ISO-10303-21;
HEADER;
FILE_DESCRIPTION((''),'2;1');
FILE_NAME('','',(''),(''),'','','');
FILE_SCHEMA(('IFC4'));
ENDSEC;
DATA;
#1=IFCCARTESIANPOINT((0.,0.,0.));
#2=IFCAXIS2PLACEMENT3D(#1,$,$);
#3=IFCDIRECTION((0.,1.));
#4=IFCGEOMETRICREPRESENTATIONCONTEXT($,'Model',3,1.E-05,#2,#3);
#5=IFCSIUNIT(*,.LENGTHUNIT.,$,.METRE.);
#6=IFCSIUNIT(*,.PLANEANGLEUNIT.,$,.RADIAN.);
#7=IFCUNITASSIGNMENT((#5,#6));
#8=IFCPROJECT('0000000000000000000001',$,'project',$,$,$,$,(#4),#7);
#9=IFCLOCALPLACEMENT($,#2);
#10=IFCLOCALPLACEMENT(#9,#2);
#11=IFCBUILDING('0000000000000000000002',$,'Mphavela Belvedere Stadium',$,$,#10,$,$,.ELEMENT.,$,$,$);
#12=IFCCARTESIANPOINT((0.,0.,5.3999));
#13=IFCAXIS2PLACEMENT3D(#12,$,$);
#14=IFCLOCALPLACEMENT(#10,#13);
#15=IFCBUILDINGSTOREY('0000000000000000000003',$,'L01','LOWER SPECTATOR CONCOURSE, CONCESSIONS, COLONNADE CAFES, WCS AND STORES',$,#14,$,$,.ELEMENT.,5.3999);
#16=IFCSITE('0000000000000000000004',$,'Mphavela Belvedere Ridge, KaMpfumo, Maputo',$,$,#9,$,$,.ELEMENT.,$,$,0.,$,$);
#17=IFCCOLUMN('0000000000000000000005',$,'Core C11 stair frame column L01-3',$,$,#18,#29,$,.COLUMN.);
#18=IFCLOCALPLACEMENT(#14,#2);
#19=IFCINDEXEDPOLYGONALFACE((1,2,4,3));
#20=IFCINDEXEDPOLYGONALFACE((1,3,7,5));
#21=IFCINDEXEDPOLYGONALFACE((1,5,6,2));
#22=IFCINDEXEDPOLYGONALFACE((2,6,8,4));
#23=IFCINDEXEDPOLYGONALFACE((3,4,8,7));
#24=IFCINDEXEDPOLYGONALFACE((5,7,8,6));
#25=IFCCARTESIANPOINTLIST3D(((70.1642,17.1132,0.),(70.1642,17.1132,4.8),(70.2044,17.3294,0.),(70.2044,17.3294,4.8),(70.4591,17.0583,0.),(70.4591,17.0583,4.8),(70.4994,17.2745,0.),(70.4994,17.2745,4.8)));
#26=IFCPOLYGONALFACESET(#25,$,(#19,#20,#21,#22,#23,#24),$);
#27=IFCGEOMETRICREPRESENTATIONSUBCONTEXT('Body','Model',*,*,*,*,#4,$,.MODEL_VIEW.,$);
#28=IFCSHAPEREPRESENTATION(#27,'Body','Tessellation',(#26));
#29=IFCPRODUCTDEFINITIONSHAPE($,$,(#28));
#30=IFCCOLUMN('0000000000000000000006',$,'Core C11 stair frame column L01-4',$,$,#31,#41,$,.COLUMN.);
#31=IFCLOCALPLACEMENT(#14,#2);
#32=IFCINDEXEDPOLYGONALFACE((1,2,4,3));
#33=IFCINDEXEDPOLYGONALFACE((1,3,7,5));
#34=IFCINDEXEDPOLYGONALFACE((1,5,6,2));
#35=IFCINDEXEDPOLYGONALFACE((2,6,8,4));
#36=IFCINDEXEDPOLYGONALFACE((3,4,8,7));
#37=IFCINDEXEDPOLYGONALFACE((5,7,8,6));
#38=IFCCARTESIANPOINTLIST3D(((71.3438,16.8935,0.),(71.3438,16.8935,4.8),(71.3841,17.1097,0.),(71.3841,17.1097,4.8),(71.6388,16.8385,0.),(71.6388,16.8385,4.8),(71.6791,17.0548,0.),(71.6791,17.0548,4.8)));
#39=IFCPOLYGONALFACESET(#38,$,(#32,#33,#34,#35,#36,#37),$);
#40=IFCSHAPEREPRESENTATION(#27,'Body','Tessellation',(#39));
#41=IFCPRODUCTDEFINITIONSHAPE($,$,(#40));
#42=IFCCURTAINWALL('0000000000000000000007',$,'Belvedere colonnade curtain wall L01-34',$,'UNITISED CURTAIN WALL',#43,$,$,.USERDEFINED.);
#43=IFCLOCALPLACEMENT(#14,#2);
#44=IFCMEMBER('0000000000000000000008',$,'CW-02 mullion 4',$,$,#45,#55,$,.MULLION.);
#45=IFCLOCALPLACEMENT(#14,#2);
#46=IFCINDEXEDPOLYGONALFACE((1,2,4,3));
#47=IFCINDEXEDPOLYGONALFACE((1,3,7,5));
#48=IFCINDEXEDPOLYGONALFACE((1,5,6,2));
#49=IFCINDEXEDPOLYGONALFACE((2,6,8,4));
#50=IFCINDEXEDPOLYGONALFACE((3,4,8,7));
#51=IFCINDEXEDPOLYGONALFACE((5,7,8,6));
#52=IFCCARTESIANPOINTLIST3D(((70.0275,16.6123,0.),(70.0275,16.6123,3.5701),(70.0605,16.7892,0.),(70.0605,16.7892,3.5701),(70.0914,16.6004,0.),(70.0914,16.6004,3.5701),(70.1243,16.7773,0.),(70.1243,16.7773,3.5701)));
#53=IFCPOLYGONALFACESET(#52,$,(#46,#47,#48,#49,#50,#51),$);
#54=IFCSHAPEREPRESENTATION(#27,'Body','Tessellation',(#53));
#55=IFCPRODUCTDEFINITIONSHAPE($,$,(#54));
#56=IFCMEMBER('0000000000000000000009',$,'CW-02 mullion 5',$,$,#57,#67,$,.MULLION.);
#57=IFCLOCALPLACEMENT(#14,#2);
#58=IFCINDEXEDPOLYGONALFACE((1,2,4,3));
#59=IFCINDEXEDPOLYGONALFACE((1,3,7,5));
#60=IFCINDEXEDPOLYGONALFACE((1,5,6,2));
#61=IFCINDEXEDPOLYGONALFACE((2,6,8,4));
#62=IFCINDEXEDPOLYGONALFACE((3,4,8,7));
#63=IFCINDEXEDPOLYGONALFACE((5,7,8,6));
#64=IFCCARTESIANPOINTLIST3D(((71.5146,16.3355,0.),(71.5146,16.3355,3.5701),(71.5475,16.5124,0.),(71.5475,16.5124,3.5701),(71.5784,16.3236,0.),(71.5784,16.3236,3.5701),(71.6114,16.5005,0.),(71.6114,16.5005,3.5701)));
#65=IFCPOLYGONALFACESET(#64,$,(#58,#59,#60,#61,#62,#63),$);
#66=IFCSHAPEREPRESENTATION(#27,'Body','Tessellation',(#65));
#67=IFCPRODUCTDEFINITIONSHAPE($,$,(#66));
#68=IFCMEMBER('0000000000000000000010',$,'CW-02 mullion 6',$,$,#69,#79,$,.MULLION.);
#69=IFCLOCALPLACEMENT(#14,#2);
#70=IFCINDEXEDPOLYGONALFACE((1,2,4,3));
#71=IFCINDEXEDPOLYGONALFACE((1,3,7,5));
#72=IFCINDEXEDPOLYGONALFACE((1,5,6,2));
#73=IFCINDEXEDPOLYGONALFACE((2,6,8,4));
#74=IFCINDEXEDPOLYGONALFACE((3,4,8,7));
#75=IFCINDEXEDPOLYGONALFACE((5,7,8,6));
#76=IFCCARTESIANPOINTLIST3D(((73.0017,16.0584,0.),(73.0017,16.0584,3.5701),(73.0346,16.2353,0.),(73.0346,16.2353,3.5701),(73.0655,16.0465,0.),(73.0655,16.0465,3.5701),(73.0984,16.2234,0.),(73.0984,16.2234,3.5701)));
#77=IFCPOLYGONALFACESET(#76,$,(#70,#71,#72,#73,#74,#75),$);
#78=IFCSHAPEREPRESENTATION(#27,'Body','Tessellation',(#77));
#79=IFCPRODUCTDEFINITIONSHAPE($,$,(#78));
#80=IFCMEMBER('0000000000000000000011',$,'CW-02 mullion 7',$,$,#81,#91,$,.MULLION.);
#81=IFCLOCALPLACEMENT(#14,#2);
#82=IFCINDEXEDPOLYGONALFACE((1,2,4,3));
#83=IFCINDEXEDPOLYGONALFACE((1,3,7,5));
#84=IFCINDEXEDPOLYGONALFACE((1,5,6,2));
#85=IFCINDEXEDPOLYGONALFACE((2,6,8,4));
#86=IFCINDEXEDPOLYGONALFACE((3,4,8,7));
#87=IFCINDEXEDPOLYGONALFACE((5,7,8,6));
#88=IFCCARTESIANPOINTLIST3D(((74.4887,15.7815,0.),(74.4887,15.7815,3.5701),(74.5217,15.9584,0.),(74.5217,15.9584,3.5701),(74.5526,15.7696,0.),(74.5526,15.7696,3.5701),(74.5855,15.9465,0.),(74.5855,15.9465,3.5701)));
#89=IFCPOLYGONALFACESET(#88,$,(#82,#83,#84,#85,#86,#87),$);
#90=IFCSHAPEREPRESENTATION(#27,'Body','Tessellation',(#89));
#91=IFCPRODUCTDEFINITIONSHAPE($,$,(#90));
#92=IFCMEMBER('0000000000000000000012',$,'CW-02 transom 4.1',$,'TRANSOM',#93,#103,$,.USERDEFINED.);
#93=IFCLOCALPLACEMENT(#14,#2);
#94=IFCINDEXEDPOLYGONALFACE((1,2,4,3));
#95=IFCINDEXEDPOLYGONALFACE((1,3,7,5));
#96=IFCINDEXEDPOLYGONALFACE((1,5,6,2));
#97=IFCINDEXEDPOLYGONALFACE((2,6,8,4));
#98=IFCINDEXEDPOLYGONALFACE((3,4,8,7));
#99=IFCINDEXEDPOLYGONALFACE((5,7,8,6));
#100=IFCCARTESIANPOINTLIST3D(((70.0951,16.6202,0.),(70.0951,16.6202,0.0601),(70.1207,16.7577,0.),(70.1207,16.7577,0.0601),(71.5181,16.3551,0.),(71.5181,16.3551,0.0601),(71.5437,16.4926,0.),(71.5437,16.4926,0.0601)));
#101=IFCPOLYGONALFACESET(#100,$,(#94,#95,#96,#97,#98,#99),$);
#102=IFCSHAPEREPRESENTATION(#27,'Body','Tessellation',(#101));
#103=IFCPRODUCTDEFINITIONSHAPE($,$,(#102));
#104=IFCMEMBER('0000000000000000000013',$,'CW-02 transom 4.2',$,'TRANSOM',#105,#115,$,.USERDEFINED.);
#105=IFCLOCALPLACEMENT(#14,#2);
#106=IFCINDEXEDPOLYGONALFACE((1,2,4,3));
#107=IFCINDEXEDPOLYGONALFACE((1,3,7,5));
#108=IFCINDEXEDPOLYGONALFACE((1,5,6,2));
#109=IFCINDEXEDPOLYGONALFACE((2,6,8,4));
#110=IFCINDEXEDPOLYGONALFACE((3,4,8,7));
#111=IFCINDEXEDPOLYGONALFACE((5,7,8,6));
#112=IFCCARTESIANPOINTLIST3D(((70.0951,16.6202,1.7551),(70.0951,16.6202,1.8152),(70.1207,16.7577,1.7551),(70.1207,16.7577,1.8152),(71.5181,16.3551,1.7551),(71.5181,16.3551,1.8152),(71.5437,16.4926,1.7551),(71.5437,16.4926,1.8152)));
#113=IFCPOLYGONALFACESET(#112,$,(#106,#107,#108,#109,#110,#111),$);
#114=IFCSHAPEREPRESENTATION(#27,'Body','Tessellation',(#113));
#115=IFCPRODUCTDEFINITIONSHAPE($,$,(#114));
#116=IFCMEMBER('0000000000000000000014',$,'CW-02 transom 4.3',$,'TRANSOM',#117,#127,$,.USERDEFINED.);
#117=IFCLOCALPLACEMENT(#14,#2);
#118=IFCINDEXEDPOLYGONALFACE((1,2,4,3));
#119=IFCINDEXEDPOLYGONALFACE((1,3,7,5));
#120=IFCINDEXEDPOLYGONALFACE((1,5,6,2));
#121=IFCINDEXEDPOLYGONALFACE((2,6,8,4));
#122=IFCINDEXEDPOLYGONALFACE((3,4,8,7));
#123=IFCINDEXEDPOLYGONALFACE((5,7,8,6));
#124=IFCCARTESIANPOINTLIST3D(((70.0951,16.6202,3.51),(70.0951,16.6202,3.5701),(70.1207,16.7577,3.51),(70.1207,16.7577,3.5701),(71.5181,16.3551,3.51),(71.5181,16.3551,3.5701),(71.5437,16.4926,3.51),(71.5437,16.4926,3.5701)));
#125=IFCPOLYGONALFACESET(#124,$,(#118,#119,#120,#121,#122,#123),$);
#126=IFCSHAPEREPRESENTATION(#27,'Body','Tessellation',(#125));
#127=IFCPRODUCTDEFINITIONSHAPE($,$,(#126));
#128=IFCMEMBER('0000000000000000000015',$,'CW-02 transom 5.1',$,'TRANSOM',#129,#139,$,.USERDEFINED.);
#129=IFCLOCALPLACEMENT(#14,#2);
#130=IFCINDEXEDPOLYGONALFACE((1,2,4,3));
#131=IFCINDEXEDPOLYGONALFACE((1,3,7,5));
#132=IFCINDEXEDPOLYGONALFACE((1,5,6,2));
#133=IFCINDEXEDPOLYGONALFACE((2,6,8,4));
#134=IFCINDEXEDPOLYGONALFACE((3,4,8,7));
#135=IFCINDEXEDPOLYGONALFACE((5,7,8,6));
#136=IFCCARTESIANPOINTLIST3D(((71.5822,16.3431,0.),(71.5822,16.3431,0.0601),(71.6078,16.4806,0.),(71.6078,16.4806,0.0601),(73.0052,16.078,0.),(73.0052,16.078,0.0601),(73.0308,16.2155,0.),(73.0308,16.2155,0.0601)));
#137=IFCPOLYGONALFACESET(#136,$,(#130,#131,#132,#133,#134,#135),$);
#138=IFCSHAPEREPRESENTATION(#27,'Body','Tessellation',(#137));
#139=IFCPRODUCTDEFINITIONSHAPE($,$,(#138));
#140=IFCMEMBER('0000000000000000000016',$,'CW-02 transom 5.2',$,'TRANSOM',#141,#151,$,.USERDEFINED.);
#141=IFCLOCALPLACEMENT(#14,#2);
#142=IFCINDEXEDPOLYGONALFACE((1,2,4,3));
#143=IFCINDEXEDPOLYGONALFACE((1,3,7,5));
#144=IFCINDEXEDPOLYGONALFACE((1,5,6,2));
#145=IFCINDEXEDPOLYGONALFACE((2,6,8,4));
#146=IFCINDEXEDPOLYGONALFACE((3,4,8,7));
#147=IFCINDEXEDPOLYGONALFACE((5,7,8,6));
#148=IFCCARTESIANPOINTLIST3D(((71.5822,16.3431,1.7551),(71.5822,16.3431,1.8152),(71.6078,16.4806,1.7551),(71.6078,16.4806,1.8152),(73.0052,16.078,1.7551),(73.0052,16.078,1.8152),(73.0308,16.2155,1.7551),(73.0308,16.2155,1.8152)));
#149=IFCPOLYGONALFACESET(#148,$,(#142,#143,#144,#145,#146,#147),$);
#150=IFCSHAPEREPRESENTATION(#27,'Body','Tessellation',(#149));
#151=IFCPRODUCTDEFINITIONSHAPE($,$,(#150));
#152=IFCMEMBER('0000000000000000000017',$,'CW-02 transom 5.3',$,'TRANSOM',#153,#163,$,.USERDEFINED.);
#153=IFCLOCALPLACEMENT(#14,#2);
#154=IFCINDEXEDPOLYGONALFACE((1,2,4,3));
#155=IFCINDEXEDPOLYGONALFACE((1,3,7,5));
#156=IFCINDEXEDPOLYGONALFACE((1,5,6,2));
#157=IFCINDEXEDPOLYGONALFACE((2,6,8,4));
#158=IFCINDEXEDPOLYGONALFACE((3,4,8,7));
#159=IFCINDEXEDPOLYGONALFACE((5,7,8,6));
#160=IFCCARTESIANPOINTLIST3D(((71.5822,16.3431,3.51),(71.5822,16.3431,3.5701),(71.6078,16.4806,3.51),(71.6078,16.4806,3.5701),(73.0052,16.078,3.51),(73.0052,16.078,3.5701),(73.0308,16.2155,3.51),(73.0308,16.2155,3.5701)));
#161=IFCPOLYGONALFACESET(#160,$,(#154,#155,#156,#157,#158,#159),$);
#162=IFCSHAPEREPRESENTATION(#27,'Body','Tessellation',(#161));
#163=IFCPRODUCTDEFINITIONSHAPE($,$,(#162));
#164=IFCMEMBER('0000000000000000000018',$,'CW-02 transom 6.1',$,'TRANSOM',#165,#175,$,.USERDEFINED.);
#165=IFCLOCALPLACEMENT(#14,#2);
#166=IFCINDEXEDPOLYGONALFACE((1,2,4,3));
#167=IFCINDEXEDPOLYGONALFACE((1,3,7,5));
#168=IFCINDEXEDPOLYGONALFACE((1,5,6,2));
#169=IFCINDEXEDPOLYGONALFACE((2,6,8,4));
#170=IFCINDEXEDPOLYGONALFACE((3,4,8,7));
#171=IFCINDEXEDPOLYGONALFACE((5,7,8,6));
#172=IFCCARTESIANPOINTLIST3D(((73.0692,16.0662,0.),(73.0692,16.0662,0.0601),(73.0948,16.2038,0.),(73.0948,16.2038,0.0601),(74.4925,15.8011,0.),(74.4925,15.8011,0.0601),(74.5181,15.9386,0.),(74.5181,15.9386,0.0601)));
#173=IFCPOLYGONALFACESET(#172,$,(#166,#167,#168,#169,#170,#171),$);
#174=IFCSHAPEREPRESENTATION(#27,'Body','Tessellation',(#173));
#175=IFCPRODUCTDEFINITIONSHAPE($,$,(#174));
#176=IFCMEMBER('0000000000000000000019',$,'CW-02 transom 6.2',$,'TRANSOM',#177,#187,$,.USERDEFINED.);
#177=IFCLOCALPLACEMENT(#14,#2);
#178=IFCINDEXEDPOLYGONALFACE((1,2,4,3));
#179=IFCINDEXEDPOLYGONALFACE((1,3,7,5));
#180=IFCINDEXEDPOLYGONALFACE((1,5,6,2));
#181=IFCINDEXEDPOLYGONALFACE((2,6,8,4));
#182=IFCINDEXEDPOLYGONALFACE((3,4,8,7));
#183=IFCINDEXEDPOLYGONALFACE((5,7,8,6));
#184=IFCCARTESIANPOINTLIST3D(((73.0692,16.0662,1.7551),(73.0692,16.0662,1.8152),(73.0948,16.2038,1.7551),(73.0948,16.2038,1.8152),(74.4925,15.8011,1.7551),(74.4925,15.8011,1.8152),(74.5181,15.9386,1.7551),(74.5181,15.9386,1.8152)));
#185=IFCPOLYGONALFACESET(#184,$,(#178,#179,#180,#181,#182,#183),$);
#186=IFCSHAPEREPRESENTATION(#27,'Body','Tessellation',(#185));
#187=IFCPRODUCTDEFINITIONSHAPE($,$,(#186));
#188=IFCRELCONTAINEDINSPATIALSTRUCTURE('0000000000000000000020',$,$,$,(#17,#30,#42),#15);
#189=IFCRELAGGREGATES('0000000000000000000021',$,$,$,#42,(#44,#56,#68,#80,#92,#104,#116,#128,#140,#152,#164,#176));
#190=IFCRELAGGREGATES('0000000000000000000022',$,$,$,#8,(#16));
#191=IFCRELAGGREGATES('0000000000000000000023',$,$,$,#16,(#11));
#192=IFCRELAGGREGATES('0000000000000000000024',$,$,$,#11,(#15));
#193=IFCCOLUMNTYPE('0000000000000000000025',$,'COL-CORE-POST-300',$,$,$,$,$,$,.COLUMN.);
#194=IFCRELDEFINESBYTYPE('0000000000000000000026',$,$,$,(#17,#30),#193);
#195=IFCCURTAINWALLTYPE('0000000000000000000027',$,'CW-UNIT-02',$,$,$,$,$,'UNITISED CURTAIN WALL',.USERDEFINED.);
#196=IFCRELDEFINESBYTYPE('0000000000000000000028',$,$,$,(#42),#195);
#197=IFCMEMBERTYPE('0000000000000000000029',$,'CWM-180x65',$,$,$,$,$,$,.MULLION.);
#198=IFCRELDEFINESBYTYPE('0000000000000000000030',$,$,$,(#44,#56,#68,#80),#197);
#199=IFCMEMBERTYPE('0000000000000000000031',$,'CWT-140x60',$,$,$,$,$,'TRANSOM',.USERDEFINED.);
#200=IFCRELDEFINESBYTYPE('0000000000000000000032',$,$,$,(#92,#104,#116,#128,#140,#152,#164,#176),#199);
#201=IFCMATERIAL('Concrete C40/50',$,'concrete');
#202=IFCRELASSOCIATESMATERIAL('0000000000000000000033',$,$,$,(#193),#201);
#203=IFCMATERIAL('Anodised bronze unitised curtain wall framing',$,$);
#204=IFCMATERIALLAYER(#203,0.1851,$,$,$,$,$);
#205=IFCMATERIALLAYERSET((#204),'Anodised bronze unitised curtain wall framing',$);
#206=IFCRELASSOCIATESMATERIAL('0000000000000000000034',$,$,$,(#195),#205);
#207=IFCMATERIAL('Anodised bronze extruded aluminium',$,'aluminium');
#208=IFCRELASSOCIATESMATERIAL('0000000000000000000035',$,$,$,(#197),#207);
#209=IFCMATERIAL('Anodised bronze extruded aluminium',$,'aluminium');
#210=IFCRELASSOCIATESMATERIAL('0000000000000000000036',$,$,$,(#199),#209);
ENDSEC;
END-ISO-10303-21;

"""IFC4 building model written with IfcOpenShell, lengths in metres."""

from ifc_helpers import new_model, si_unit, direction, frame, origin, origin_2d, place, context, subcontext, project, spatial, rectangle, extrude, material, layer, layer_set, material_profile, profile_set, type_object, element, aggregate, save


model = new_model("IFC4")

# Units and contexts
model_context = context("Model", 3, precision=1e-05, world=origin(), true_north=direction((0.0, 1.0)))
body_context = subcontext(model_context, "Body", "Model", "MODEL_VIEW")
ifc_project = project(units=[si_unit("LENGTHUNIT", "METRE"), si_unit("PLANEANGLEUNIT", "RADIAN")], contexts=[model_context])

# Site, building, storey
site_placement = place(None, origin())
site = spatial("IfcSite", under=ifc_project, at=site_placement, Name="Mphavela Belvedere Ridge, KaMpfumo, Maputo", CompositionType="ELEMENT", RefElevation=0.0)
building_placement = place(site_placement, origin())
building = spatial("IfcBuilding", under=site, at=building_placement, Name="Mphavela Belvedere Stadium", CompositionType="ELEMENT")
storey_placement = place(building_placement, frame((0.0, 0.0, 5.3999)))
storey = spatial("IfcBuildingStorey", under=building, at=storey_placement, Name="L01", Description="LOWER SPECTATOR CONCOURSE, CONCESSIONS, COLONNADE CAFES, WCS AND STORES", CompositionType="ELEMENT", Elevation=5.3999)

# Columns
ifc_material_1 = material(Name="Concrete C40/50", Category="concrete")
ifc_material_profile_1 = material_profile(ifc_material_1, rectangle(XDim=0.3, YDim=0.22, at=origin_2d()), Name="RC 300x220")
ifc_profile_set_1 = profile_set([ifc_material_profile_1], Name="Concrete C40/50")
column_type = type_object("IfcColumnType", Name="COL-CORE-POST-300", PredefinedType="COLUMN", material=ifc_profile_set_1)
for number, where, z_axis, x_axis, name in (
    (1, (70.3318, 17.1938, 0.0), (0.0, 0.0, 1.0), (-0.983096, 0.183094, 0.0), "Core C11 stair frame column L01-3"),
    (2, (71.5115, 16.9741, 0.0), (0.0, 0.0, 1.0), (-0.983096, 0.183094, 0.0), "Core C11 stair frame column L01-4"),
):
    element("IfcColumn", number, at=place(storey_placement, frame(where, z_axis=z_axis, x_axis=x_axis)), inside=storey, type_object=column_type, Name=name, PredefinedType="COLUMN", context=body_context, shape_type="SweptSolid", body=[
        extrude(rectangle(XDim=0.3, YDim=0.22, at=origin_2d()), origin(), (0.0, 0.0, 1.0), 4.8),
    ])

# Curtain wall, members
ifc_material_2 = material(Name="Anodised bronze unitised curtain wall framing")
ifc_layer_1 = layer(ifc_material_2, 0.1851)
ifc_layer_set_1 = layer_set([ifc_layer_1], Name="Anodised bronze unitised curtain wall framing")
curtain_wall_type = type_object("IfcCurtainWallType", Name="CW-UNIT-02", ElementType="UNITISED CURTAIN WALL", PredefinedType="USERDEFINED", material=ifc_layer_set_1)
curtain_wall_placement = place(storey_placement, origin())
curtain_wall = element("IfcCurtainWall", 3, at=curtain_wall_placement, inside=storey, type_object=curtain_wall_type, Name="Belvedere colonnade curtain wall L01-34", ObjectType="UNITISED CURTAIN WALL", PredefinedType="USERDEFINED")
ifc_material_3 = material(Name="Anodised bronze extruded aluminium", Category="aluminium")
ifc_material_profile_2 = material_profile(ifc_material_3, rectangle(XDim=0.1799, YDim=0.0649, at=origin_2d()), Name="CW-MUL 180x65")
ifc_profile_set_2 = profile_set([ifc_material_profile_2], Name="Anodised bronze extruded aluminium")
member_type_1 = type_object("IfcMemberType", Name="CWM-180x65", PredefinedType="MULLION", material=ifc_profile_set_2)
member_1_placement = place(storey_placement, frame((70.0759, 16.6948, 0.0), z_axis=(0.0, 0.0, 1.0), x_axis=(0.183095, 0.983095, 0.0)))
member_1 = element("IfcMember", 4, at=member_1_placement, type_object=member_type_1, Name="CW-02 mullion 4", PredefinedType="MULLION", context=body_context, shape_type="SweptSolid", body=[
    extrude(rectangle(XDim=0.1799, YDim=0.0649, at=origin_2d()), origin(), (0.0, 0.0, 1.0), 3.5701),
])
member_2_placement = place(storey_placement, frame((71.563, 16.418, 0.0), z_axis=(0.0, 0.0, 1.0), x_axis=(0.183095, 0.983095, 0.0)))
member_2 = element("IfcMember", 5, at=member_2_placement, type_object=member_type_1, Name="CW-02 mullion 5", PredefinedType="MULLION", context=body_context, shape_type="SweptSolid", body=[
    extrude(rectangle(XDim=0.1799, YDim=0.0649, at=origin_2d()), origin(), (0.0, 0.0, 1.0), 3.5701),
])
member_3_placement = place(storey_placement, frame((73.05, 16.1409, 0.0), z_axis=(0.0, 0.0, 1.0), x_axis=(0.183095, 0.983095, 0.0)))
member_3 = element("IfcMember", 6, at=member_3_placement, type_object=member_type_1, Name="CW-02 mullion 6", PredefinedType="MULLION", context=body_context, shape_type="SweptSolid", body=[
    extrude(rectangle(XDim=0.1799, YDim=0.0649, at=origin_2d()), origin(), (0.0, 0.0, 1.0), 3.5701),
])
member_4_placement = place(storey_placement, frame((74.5371, 15.864, 0.0), z_axis=(0.0, 0.0, 1.0), x_axis=(0.183095, 0.983095, 0.0)))
member_4 = element("IfcMember", 7, at=member_4_placement, type_object=member_type_1, Name="CW-02 mullion 7", PredefinedType="MULLION", context=body_context, shape_type="SweptSolid", body=[
    extrude(rectangle(XDim=0.1799, YDim=0.0649, at=origin_2d()), origin(), (0.0, 0.0, 1.0), 3.5701),
])
ifc_material_4 = material(Name="Anodised bronze extruded aluminium", Category="aluminium")
ifc_material_profile_3 = material_profile(ifc_material_4, rectangle(XDim=0.1399, YDim=0.0601, at=origin_2d()), Name="CW-TRN 140x60")
ifc_profile_set_3 = profile_set([ifc_material_profile_3], Name="Anodised bronze extruded aluminium")
member_type_2 = type_object("IfcMemberType", Name="CWT-140x60", ElementType="TRANSOM", PredefinedType="USERDEFINED", material=ifc_profile_set_3)
member_5_placement = place(storey_placement, frame((70.1079, 16.689, 0.03), z_axis=(0.983083, -0.183158, 0.0), x_axis=(0.183158, 0.983083, 0.0)))
member_5 = element("IfcMember", 8, at=member_5_placement, type_object=member_type_2, Name="CW-02 transom 4.1", ObjectType="TRANSOM", PredefinedType="USERDEFINED", context=body_context, shape_type="SweptSolid", body=[
    extrude(rectangle(XDim=0.1399, YDim=0.0601, at=origin_2d()), origin(), (0.0, 0.0, 1.0), 1.4475),
])
member_6_placement = place(storey_placement, frame((70.1079, 16.689, 1.7852), z_axis=(0.983083, -0.183158, 0.0), x_axis=(0.183158, 0.983083, 0.0)))
member_6 = element("IfcMember", 9, at=member_6_placement, type_object=member_type_2, Name="CW-02 transom 4.2", ObjectType="TRANSOM", PredefinedType="USERDEFINED", context=body_context, shape_type="SweptSolid", body=[
    extrude(rectangle(XDim=0.1399, YDim=0.0601, at=origin_2d()), origin(), (0.0, 0.0, 1.0), 1.4475),
])
member_7_placement = place(storey_placement, frame((70.1079, 16.689, 3.54), z_axis=(0.983083, -0.183158, 0.0), x_axis=(0.183158, 0.983083, 0.0)))
member_7 = element("IfcMember", 10, at=member_7_placement, type_object=member_type_2, Name="CW-02 transom 4.3", ObjectType="TRANSOM", PredefinedType="USERDEFINED", context=body_context, shape_type="SweptSolid", body=[
    extrude(rectangle(XDim=0.1399, YDim=0.0601, at=origin_2d()), origin(), (0.0, 0.0, 1.0), 1.4475),
])
member_8_placement = place(storey_placement, frame((71.595, 16.4119, 0.03), z_axis=(0.983083, -0.183158, 0.0), x_axis=(0.183158, 0.983083, 0.0)))
member_8 = element("IfcMember", 11, at=member_8_placement, type_object=member_type_2, Name="CW-02 transom 5.1", ObjectType="TRANSOM", PredefinedType="USERDEFINED", context=body_context, shape_type="SweptSolid", body=[
    extrude(rectangle(XDim=0.1399, YDim=0.0601, at=origin_2d()), origin(), (0.0, 0.0, 1.0), 1.4475),
])
member_9_placement = place(storey_placement, frame((71.595, 16.4119, 1.7852), z_axis=(0.983083, -0.183158, 0.0), x_axis=(0.183158, 0.983083, 0.0)))
member_9 = element("IfcMember", 12, at=member_9_placement, type_object=member_type_2, Name="CW-02 transom 5.2", ObjectType="TRANSOM", PredefinedType="USERDEFINED", context=body_context, shape_type="SweptSolid", body=[
    extrude(rectangle(XDim=0.1399, YDim=0.0601, at=origin_2d()), origin(), (0.0, 0.0, 1.0), 1.4475),
])
member_10_placement = place(storey_placement, frame((71.595, 16.4119, 3.54), z_axis=(0.983083, -0.183158, 0.0), x_axis=(0.183158, 0.983083, 0.0)))
member_10 = element("IfcMember", 13, at=member_10_placement, type_object=member_type_2, Name="CW-02 transom 5.3", ObjectType="TRANSOM", PredefinedType="USERDEFINED", context=body_context, shape_type="SweptSolid", body=[
    extrude(rectangle(XDim=0.1399, YDim=0.0601, at=origin_2d()), origin(), (0.0, 0.0, 1.0), 1.4475),
])
member_11_placement = place(storey_placement, frame((73.082, 16.135, 0.03), z_axis=(0.983089, -0.183128, 0.0), x_axis=(0.183128, 0.983089, 0.0)))
member_11 = element("IfcMember", 14, at=member_11_placement, type_object=member_type_2, Name="CW-02 transom 6.1", ObjectType="TRANSOM", PredefinedType="USERDEFINED", context=body_context, shape_type="SweptSolid", body=[
    extrude(rectangle(XDim=0.1399, YDim=0.0601, at=origin_2d()), origin(), (0.0, 0.0, 1.0), 1.4478),
])
member_12_placement = place(storey_placement, frame((73.082, 16.135, 1.7852), z_axis=(0.983089, -0.183128, 0.0), x_axis=(0.183128, 0.983089, 0.0)))
member_12 = element("IfcMember", 15, at=member_12_placement, type_object=member_type_2, Name="CW-02 transom 6.2", ObjectType="TRANSOM", PredefinedType="USERDEFINED", context=body_context, shape_type="SweptSolid", body=[
    extrude(rectangle(XDim=0.1399, YDim=0.0601, at=origin_2d()), origin(), (0.0, 0.0, 1.0), 1.4478),
])
aggregate(curtain_wall, [member_1, member_2, member_3, member_4, member_5, member_6, member_7, member_8, member_9, member_10, member_11, member_12])

save(model, "model.ifc")
